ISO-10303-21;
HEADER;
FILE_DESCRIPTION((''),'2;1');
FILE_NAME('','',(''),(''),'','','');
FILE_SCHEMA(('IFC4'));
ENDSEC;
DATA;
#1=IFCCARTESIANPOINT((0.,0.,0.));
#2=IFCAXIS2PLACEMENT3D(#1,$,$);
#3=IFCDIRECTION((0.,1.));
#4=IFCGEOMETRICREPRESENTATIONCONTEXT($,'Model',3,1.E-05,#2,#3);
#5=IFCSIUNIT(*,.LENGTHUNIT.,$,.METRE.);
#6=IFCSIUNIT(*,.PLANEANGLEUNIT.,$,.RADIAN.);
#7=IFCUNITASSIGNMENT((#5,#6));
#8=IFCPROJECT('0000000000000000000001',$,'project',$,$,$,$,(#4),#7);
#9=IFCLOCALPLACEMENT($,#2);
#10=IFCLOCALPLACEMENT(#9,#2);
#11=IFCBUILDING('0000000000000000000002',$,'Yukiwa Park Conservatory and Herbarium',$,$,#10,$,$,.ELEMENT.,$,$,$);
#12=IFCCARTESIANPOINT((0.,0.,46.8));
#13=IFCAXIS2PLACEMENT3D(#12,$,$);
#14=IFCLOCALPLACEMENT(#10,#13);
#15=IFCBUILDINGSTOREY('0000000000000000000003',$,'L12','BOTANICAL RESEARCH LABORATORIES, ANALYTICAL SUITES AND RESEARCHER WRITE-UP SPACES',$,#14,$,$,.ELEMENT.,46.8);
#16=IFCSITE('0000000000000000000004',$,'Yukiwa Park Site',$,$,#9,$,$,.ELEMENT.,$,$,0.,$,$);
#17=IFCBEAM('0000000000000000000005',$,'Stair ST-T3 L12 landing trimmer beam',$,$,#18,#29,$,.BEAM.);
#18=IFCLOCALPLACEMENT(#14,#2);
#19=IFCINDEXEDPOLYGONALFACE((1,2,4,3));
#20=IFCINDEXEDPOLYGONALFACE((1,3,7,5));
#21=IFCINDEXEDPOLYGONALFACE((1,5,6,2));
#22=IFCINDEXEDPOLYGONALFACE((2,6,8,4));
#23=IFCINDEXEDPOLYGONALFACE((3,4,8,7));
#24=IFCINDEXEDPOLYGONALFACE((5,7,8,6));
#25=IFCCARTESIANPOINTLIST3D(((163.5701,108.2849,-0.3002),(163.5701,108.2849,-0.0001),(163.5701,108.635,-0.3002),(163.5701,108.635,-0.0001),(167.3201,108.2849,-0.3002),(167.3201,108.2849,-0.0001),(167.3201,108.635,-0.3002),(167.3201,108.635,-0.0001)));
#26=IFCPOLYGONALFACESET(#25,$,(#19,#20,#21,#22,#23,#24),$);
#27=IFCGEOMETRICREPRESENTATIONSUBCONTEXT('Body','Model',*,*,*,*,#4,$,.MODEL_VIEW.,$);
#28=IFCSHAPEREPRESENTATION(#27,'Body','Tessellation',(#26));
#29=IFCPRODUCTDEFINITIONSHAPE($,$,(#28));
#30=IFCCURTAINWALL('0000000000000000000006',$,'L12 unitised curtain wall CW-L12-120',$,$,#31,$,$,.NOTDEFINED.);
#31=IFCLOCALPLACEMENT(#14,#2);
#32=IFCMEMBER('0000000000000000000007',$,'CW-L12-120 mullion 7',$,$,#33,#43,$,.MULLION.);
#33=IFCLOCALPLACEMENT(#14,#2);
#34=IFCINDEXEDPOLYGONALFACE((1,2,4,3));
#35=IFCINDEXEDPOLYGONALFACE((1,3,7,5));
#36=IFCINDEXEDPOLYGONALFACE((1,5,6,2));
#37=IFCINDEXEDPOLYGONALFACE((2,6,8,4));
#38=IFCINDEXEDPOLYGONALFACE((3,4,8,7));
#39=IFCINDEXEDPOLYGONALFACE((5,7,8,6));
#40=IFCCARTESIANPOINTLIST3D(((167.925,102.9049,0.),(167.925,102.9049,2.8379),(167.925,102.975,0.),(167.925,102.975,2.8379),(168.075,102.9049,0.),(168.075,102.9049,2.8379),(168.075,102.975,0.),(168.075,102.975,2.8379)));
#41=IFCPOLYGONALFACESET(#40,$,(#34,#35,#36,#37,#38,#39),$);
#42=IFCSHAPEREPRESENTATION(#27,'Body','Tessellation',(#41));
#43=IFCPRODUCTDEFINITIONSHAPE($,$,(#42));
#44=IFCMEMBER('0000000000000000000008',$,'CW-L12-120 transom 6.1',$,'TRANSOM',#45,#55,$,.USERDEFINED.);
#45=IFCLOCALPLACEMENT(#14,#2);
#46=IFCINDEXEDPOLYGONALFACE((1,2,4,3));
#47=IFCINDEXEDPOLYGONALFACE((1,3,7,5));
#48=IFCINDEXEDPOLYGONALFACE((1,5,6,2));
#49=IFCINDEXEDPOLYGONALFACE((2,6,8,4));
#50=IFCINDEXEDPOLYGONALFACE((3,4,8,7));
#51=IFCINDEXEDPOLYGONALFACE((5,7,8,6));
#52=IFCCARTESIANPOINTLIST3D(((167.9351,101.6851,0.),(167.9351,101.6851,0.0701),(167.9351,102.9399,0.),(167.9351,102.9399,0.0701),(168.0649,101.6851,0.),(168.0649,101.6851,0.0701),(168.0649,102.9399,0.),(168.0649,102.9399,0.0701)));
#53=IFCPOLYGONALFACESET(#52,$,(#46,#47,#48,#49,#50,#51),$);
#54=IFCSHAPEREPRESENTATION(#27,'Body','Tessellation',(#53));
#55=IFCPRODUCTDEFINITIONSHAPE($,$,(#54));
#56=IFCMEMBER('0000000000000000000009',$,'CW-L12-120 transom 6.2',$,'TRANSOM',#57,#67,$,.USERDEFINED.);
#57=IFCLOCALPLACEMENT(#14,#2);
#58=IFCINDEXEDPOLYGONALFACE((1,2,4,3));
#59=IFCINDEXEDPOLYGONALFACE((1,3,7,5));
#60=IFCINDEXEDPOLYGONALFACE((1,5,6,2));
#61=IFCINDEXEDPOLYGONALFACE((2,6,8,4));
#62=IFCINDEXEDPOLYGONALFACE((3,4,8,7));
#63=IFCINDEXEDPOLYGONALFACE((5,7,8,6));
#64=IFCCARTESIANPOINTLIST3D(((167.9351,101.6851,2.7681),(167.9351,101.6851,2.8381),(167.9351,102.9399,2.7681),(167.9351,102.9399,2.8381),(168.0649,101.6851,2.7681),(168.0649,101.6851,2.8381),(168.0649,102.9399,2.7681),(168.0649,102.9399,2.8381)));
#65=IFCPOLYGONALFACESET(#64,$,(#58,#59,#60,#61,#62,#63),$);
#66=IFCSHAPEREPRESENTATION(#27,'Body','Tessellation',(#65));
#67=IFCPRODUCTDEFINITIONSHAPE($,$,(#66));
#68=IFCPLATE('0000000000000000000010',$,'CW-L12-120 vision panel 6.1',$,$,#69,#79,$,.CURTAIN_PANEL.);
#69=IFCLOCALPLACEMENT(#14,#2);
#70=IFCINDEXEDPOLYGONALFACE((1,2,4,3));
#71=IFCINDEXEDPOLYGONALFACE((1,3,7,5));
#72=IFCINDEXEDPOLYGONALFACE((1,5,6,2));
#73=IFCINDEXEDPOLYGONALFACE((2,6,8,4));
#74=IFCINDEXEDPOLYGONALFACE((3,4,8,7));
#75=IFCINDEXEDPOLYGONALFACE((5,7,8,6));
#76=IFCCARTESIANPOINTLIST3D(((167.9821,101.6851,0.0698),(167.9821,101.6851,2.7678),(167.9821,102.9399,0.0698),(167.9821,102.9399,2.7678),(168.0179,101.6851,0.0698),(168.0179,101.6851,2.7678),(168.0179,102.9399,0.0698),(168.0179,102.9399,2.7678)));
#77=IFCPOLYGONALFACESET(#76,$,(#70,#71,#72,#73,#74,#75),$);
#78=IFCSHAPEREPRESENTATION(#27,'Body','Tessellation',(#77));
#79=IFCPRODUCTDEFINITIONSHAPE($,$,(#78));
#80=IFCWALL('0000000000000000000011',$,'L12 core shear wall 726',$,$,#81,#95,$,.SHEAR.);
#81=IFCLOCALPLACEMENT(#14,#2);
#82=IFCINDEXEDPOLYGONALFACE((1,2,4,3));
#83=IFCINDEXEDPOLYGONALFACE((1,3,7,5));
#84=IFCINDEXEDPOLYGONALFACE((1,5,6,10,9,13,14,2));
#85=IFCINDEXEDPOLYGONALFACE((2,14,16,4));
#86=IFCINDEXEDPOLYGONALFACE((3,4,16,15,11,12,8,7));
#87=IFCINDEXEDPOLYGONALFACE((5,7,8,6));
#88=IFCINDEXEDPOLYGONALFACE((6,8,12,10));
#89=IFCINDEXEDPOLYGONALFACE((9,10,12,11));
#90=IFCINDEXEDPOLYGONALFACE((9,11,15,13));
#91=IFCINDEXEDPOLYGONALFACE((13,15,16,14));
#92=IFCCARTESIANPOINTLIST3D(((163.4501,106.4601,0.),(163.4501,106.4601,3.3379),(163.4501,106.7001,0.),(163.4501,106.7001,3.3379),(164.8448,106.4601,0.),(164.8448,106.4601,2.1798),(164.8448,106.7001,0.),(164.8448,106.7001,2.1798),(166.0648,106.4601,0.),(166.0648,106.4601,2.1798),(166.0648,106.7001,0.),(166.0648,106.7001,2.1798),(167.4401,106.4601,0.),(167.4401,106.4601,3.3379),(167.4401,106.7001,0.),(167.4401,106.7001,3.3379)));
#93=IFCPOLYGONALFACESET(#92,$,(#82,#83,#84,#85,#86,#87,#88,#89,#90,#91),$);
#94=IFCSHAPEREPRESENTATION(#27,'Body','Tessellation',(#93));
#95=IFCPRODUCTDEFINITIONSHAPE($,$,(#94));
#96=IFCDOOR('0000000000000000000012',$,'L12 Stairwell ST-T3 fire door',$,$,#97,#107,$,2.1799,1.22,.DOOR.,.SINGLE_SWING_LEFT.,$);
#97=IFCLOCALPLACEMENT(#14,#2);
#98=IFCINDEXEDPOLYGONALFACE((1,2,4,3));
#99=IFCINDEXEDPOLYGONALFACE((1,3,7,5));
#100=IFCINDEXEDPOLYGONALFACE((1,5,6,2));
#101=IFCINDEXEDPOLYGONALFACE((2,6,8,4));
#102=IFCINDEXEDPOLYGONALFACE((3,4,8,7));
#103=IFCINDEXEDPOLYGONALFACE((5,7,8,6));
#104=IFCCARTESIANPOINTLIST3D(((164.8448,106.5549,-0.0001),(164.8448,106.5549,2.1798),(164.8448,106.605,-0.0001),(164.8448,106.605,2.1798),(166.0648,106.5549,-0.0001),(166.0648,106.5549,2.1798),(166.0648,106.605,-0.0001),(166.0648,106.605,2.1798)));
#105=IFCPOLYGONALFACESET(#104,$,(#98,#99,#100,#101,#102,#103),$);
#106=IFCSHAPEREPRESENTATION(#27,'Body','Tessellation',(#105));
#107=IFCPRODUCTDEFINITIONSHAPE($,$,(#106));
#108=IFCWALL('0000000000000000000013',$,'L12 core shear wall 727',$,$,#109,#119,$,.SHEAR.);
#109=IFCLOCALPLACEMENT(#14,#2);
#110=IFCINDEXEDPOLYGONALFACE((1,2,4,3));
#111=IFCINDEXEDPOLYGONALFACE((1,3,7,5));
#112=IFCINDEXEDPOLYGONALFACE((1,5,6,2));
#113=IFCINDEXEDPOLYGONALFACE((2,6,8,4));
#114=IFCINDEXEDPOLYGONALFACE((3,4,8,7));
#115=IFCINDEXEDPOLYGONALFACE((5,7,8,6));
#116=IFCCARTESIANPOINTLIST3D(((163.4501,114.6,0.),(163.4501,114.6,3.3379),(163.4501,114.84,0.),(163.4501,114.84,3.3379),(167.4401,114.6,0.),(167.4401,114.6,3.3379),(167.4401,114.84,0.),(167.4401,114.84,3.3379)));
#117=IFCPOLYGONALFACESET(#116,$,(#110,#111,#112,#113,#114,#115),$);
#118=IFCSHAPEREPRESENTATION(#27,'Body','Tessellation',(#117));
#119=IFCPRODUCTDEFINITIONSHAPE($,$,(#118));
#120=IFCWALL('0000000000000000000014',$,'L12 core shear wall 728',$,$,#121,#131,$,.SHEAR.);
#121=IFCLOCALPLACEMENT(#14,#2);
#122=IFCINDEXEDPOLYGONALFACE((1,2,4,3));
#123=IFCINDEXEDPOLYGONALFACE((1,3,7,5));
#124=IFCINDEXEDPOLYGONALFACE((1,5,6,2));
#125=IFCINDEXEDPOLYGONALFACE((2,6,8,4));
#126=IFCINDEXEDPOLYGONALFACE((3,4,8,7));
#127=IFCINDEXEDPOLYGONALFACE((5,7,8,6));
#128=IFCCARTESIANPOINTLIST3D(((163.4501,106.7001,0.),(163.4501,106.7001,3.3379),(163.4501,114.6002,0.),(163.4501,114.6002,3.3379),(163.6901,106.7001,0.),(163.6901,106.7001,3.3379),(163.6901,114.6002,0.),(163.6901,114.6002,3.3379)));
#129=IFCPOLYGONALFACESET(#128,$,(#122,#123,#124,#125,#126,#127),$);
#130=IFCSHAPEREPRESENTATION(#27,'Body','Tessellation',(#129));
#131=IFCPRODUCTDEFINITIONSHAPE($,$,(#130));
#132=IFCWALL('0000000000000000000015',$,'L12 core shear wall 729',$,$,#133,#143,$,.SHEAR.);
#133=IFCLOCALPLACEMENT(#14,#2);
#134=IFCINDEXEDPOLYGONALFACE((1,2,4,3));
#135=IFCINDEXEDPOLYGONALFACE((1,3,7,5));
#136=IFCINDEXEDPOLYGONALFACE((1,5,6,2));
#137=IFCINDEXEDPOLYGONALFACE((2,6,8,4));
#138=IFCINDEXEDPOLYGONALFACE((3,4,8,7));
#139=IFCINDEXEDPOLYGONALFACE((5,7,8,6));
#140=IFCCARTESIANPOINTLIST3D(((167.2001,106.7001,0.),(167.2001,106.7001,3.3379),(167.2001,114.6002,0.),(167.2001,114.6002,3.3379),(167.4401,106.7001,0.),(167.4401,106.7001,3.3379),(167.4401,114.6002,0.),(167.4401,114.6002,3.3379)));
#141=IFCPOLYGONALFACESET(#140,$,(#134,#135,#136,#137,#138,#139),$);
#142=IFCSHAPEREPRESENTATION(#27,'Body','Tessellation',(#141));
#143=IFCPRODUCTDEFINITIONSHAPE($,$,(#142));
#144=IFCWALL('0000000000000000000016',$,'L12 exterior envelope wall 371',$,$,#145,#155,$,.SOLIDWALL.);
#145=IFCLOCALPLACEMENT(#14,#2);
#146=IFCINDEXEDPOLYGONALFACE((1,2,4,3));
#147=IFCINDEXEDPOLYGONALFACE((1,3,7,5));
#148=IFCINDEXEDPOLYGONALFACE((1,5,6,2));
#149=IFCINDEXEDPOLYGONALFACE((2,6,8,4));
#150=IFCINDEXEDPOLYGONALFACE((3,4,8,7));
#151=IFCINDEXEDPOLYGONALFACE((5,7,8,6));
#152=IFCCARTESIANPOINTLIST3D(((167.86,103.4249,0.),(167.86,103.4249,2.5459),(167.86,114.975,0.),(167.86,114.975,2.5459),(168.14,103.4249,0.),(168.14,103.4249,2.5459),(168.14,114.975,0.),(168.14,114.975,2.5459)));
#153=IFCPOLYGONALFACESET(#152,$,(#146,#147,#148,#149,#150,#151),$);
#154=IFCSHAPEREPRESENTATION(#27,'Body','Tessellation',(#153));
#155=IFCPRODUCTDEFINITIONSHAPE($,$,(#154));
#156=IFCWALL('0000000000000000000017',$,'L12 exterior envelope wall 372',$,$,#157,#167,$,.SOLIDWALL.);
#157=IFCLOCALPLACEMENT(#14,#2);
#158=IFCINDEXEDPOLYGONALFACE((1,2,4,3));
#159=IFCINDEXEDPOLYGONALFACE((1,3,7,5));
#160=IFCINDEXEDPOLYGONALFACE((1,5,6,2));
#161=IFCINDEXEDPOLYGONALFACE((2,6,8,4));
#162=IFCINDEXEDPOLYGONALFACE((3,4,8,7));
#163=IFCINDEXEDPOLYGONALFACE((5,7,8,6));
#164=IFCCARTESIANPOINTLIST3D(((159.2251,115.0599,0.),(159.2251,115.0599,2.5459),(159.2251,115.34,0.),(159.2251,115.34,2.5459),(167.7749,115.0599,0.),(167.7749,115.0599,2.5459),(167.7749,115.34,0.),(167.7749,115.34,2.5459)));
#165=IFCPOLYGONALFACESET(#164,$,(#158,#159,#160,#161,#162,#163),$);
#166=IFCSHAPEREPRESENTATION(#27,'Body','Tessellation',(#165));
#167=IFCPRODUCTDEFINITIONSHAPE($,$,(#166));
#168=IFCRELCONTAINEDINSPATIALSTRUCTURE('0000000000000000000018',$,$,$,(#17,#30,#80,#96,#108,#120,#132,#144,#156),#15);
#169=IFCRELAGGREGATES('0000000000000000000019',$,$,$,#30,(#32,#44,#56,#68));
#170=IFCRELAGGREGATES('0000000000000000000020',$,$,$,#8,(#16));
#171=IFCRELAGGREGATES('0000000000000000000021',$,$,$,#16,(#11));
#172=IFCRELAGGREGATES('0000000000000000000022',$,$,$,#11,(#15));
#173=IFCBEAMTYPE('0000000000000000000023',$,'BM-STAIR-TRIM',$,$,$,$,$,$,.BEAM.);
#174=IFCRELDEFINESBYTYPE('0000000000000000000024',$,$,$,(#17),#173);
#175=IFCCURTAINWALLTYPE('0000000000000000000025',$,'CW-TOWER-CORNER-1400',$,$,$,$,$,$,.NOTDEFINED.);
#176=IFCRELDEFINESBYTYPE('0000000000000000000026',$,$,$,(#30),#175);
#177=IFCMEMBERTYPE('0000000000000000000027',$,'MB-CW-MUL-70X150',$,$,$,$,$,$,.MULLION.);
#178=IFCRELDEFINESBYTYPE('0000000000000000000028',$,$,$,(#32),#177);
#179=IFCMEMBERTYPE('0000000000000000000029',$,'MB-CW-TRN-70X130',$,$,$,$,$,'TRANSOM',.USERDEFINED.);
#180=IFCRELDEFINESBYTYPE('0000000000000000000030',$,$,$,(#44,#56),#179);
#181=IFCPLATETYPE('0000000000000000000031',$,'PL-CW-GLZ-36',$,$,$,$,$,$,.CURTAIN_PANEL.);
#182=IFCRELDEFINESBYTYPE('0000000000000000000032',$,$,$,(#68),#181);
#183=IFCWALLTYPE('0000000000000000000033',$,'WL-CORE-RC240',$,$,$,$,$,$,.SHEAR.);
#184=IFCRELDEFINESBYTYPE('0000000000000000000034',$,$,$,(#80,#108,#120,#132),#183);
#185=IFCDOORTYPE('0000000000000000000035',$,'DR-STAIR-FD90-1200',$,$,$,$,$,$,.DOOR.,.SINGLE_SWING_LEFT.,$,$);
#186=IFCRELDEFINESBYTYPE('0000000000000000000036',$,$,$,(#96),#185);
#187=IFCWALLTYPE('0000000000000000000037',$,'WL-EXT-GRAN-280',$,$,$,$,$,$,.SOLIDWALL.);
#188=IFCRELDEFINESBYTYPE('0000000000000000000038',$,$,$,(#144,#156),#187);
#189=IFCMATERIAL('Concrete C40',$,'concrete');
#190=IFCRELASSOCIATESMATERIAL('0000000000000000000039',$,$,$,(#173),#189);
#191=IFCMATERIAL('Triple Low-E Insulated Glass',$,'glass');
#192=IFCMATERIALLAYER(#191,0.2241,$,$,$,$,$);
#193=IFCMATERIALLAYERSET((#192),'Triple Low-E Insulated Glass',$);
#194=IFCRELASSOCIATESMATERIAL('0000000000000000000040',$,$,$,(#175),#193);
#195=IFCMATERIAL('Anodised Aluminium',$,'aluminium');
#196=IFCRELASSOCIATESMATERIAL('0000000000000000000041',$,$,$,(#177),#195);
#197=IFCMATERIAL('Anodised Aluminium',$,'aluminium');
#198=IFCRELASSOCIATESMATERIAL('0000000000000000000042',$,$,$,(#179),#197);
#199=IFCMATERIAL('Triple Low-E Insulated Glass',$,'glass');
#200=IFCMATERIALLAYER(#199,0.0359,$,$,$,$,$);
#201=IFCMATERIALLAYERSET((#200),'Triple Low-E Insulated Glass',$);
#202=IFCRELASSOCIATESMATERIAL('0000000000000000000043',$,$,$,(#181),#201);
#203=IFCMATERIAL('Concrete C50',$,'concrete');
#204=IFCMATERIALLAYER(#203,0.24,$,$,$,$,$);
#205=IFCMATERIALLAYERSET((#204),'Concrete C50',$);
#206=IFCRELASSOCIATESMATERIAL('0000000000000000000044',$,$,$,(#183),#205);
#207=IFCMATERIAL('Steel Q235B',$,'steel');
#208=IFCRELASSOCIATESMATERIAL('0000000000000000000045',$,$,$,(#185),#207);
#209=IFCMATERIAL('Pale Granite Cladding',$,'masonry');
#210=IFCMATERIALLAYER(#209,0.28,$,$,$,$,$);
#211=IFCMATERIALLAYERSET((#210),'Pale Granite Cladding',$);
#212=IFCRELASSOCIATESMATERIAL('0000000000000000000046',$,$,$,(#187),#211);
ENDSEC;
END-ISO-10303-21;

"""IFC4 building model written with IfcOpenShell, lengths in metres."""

from ifc_helpers import new_model, si_unit, direction, frame, frame_2d, origin, origin_2d, place, context, subcontext, project, spatial, rectangle, extrude, material, layer, layer_set, material_profile, profile_set, type_object, element, fill, aggregate, save


model = new_model("IFC4")

# Units and contexts
model_context = context("Model", 3, precision=1e-05, world=origin(), true_north=direction((0.0, 1.0)))
body_context = subcontext(model_context, "Body", "Model", "MODEL_VIEW")
ifc_project = project(units=[si_unit("LENGTHUNIT", "METRE"), si_unit("PLANEANGLEUNIT", "RADIAN")], contexts=[model_context])

# Site, building, storey
site_placement = place(None, origin())
site = spatial("IfcSite", under=ifc_project, at=site_placement, Name="Yukiwa Park Site", CompositionType="ELEMENT", RefElevation=0.0)
building_placement = place(site_placement, origin())
building = spatial("IfcBuilding", under=site, at=building_placement, Name="Yukiwa Park Conservatory and Herbarium", CompositionType="ELEMENT")
storey_placement = place(building_placement, frame((0.0, 0.0, 46.8)))
storey = spatial("IfcBuildingStorey", under=building, at=storey_placement, Name="L12", Description="BOTANICAL RESEARCH LABORATORIES, ANALYTICAL SUITES AND RESEARCHER WRITE-UP SPACES", CompositionType="ELEMENT", Elevation=46.8)

# Beam
ifc_material_1 = material(Name="Concrete C40", Category="concrete")
ifc_material_profile_1 = material_profile(ifc_material_1, rectangle(XDim=0.3501, YDim=0.3, at=origin_2d()), Name="RC 350x300")
ifc_profile_set_1 = profile_set([ifc_material_profile_1], Name="Concrete C40")
beam_type_1 = type_object("IfcBeamType", Name="BM-STAIR-TRIM", PredefinedType="BEAM", material=ifc_profile_set_1)
beam_1_placement = place(storey_placement, frame((163.5701, 108.46, -0.1501), z_axis=(1.0, 0.0, 0.0), x_axis=(0.0, 1.0, 0.0)))
element("IfcBeam", 1, at=beam_1_placement, inside=storey, type_object=beam_type_1, Name="Stair ST-T3 L12 landing trimmer beam", PredefinedType="BEAM", context=body_context, shape_type="SweptSolid", body=[
    extrude(rectangle(XDim=0.3501, YDim=0.3, at=origin_2d()), origin(), (0.0, 0.0, 1.0), 3.75),
])

# Curtain wall, members, plate
ifc_material_2 = material(Name="Triple Low-E Insulated Glass", Category="glass")
ifc_layer_1 = layer(ifc_material_2, 0.2241)
ifc_layer_set_1 = layer_set([ifc_layer_1], Name="Triple Low-E Insulated Glass")
curtain_wall_type = type_object("IfcCurtainWallType", Name="CW-TOWER-CORNER-1400", PredefinedType="NOTDEFINED", material=ifc_layer_set_1)
curtain_wall_placement = place(storey_placement, origin())
curtain_wall = element("IfcCurtainWall", 2, at=curtain_wall_placement, inside=storey, type_object=curtain_wall_type, Name="L12 unitised curtain wall CW-L12-120", PredefinedType="NOTDEFINED")
ifc_material_3 = material(Name="Anodised Aluminium", Category="aluminium")
member_type_1 = type_object("IfcMemberType", Name="MB-CW-MUL-70X150", PredefinedType="MULLION", material=ifc_material_3)
member_1_placement = place(storey_placement, frame((168.0, 102.9399, 0.0), z_axis=(0.0, 0.0, 1.0), x_axis=(0.0, 1.0, 0.0)))
member_1 = element("IfcMember", 3, at=member_1_placement, type_object=member_type_1, Name="CW-L12-120 mullion 7", PredefinedType="MULLION", context=body_context, shape_type="SweptSolid", body=[
    extrude(rectangle(XDim=0.0701, YDim=0.1499, at=origin_2d()), origin(), (0.0, 0.0, 1.0), 2.8379),
])
ifc_material_4 = material(Name="Anodised Aluminium", Category="aluminium")
member_type_2 = type_object("IfcMemberType", Name="MB-CW-TRN-70X130", ElementType="TRANSOM", PredefinedType="USERDEFINED", material=ifc_material_4)
member_2_placement = place(storey_placement, frame((168.0, 102.3125, 0.0), z_axis=(0.0, 0.0, 1.0), x_axis=(0.0, 1.0, 0.0)))
member_2 = element("IfcMember", 4, at=member_2_placement, type_object=member_type_2, Name="CW-L12-120 transom 6.1", ObjectType="TRANSOM", PredefinedType="USERDEFINED", context=body_context, shape_type="SweptSolid", body=[
    extrude(rectangle(XDim=1.2549, YDim=0.1299, at=origin_2d()), origin(), (0.0, 0.0, 1.0), 0.0701),
])
member_3_placement = place(storey_placement, frame((168.0, 102.3125, 2.7681), z_axis=(0.0, 0.0, 1.0), x_axis=(0.0, 1.0, 0.0)))
member_3 = element("IfcMember", 5, at=member_3_placement, type_object=member_type_2, Name="CW-L12-120 transom 6.2", ObjectType="TRANSOM", PredefinedType="USERDEFINED", context=body_context, shape_type="SweptSolid", body=[
    extrude(rectangle(XDim=1.2549, YDim=0.1299, at=origin_2d()), origin(), (0.0, 0.0, 1.0), 0.0701),
])
ifc_material_5 = material(Name="Triple Low-E Insulated Glass", Category="glass")
ifc_layer_2 = layer(ifc_material_5, 0.0359)
ifc_layer_set_2 = layer_set([ifc_layer_2], Name="Triple Low-E Insulated Glass")
plate_type = type_object("IfcPlateType", Name="PL-CW-GLZ-36", PredefinedType="CURTAIN_PANEL", material=ifc_layer_set_2)
plate_placement = place(storey_placement, frame((168.0, 102.3125, 0.0698), z_axis=(0.0, 0.0, 1.0), x_axis=(0.0, 1.0, 0.0)))
plate = element("IfcPlate", 6, at=plate_placement, type_object=plate_type, Name="CW-L12-120 vision panel 6.1", PredefinedType="CURTAIN_PANEL", context=body_context, shape_type="SweptSolid", body=[
    extrude(rectangle(XDim=1.2549, YDim=0.0359, at=origin_2d()), origin(), (0.0, 0.0, 1.0), 2.698),
])
aggregate(curtain_wall, [member_1, member_2, member_3, plate])

# Wall, opening, door
ifc_material_6 = material(Name="Concrete C50", Category="concrete")
ifc_layer_3 = layer(ifc_material_6, 0.24)
ifc_layer_set_3 = layer_set([ifc_layer_3], Name="Concrete C50")
wall_type_1 = type_object("IfcWallType", Name="WL-CORE-RC240", PredefinedType="SHEAR", material=ifc_layer_set_3)
wall_1_placement = place(storey_placement, frame((163.45, 106.5801, 0.0), z_axis=(0.0, 0.0, 1.0), x_axis=(1.0, 0.0, 0.0)))
wall_1 = element("IfcWall", 7, at=wall_1_placement, inside=storey, type_object=wall_type_1, Name="L12 core shear wall 726", PredefinedType="SHEAR", context=body_context, shape_type="SweptSolid", body=[
    extrude(rectangle(XDim=3.99, YDim=0.24, at=frame_2d((1.9951, 0.0))), origin(), (0.0, 0.0, 1.0), 3.3379),
])
opening_1_placement = place(wall_1_placement, frame((1.395, 0.0, 0.0)))
opening_1 = element("IfcOpeningElement", 8, at=opening_1_placement, cuts=wall_1, PredefinedType="OPENING", context=body_context, shape_type="SweptSolid", body=[
    extrude(rectangle(XDim=1.22, YDim=2.1799, at=frame_2d((0.6099, 1.0898))), frame((0.0, 0.1299, 0.0), z_axis=(0.0, -1.0, 0.0), x_axis=(1.0, 0.0, 0.0)), (0.0, 0.0, 1.0), 0.26),
])
ifc_material_7 = material(Name="Steel Q235B", Category="steel")
door_type_1 = type_object("IfcDoorType", Name="DR-STAIR-FD90-1200", OperationType="SINGLE_SWING_LEFT", PredefinedType="DOOR", material=ifc_material_7)
door_1_placement = place(opening_1_placement, origin())
door_1 = element("IfcDoor", 9, at=door_1_placement, inside=storey, type_object=door_type_1, Name="L12 Stairwell ST-T3 fire door", OperationType="SINGLE_SWING_LEFT", OverallHeight=2.1799, OverallWidth=1.22, PredefinedType="DOOR", context=body_context, shape_type="SweptSolid", body=[
    extrude(rectangle(XDim=1.22, YDim=2.1799, at=frame_2d((0.6099, 1.0898))), frame((0.0, 0.0249, 0.0), z_axis=(0.0, -1.0, 0.0), x_axis=(1.0, 0.0, 0.0)), (0.0, 0.0, 1.0), 0.05),
])
fill(opening_1, door_1)

# Walls
wall_2_placement = place(storey_placement, frame((163.45, 114.72, 0.0), z_axis=(0.0, 0.0, 1.0), x_axis=(1.0, 0.0, 0.0)))
element("IfcWall", 10, at=wall_2_placement, inside=storey, type_object=wall_type_1, Name="L12 core shear wall 727", PredefinedType="SHEAR", context=body_context, shape_type="SweptSolid", body=[
    extrude(rectangle(XDim=3.99, YDim=0.24, at=frame_2d((1.9951, 0.0))), origin(), (0.0, 0.0, 1.0), 3.3379),
])
for number, where, z_axis, x_axis, name in (
    (11, (163.5701, 106.7, 0.0), (0.0, 0.0, 1.0), (0.0, 1.0, 0.0), "L12 core shear wall 728"),
    (12, (167.3201, 106.7, 0.0), (0.0, 0.0, 1.0), (0.0, 1.0, 0.0), "L12 core shear wall 729"),
):
    element("IfcWall", number, at=place(storey_placement, frame(where, z_axis=z_axis, x_axis=x_axis)), inside=storey, type_object=wall_type_1, Name=name, PredefinedType="SHEAR", context=body_context, shape_type="SweptSolid", body=[
        extrude(rectangle(XDim=7.9001, YDim=0.24, at=frame_2d((3.9502, 0.0))), origin(), (0.0, 0.0, 1.0), 3.3379),
    ])
ifc_material_8 = material(Name="Pale Granite Cladding", Category="masonry")
ifc_layer_4 = layer(ifc_material_8, 0.28)
ifc_layer_set_4 = layer_set([ifc_layer_4], Name="Pale Granite Cladding")
wall_type_2 = type_object("IfcWallType", Name="WL-EXT-GRAN-280", PredefinedType="SOLIDWALL", material=ifc_layer_set_4)
wall_3_placement = place(storey_placement, frame((168.0, 103.425, 0.0), z_axis=(0.0, 0.0, 1.0), x_axis=(0.0, 1.0, 0.0)))
element("IfcWall", 13, at=wall_3_placement, inside=storey, type_object=wall_type_2, Name="L12 exterior envelope wall 371", PredefinedType="SOLIDWALL", context=body_context, shape_type="SweptSolid", body=[
    extrude(rectangle(XDim=11.55, YDim=0.28, at=frame_2d((5.7749, 0.0))), origin(), (0.0, 0.0, 1.0), 2.5459),
])
wall_4_placement = place(storey_placement, frame((167.7749, 115.2, 0.0), z_axis=(0.0, 0.0, 1.0), x_axis=(-1.0, 0.0, 0.0)))
element("IfcWall", 14, at=wall_4_placement, inside=storey, type_object=wall_type_2, Name="L12 exterior envelope wall 372", PredefinedType="SOLIDWALL", context=body_context, shape_type="SweptSolid", body=[
    extrude(rectangle(XDim=8.5498, YDim=0.28, at=frame_2d((4.2749, 0.0))), origin(), (0.0, 0.0, 1.0), 2.5459),
])

save(model, "model.ifc")
